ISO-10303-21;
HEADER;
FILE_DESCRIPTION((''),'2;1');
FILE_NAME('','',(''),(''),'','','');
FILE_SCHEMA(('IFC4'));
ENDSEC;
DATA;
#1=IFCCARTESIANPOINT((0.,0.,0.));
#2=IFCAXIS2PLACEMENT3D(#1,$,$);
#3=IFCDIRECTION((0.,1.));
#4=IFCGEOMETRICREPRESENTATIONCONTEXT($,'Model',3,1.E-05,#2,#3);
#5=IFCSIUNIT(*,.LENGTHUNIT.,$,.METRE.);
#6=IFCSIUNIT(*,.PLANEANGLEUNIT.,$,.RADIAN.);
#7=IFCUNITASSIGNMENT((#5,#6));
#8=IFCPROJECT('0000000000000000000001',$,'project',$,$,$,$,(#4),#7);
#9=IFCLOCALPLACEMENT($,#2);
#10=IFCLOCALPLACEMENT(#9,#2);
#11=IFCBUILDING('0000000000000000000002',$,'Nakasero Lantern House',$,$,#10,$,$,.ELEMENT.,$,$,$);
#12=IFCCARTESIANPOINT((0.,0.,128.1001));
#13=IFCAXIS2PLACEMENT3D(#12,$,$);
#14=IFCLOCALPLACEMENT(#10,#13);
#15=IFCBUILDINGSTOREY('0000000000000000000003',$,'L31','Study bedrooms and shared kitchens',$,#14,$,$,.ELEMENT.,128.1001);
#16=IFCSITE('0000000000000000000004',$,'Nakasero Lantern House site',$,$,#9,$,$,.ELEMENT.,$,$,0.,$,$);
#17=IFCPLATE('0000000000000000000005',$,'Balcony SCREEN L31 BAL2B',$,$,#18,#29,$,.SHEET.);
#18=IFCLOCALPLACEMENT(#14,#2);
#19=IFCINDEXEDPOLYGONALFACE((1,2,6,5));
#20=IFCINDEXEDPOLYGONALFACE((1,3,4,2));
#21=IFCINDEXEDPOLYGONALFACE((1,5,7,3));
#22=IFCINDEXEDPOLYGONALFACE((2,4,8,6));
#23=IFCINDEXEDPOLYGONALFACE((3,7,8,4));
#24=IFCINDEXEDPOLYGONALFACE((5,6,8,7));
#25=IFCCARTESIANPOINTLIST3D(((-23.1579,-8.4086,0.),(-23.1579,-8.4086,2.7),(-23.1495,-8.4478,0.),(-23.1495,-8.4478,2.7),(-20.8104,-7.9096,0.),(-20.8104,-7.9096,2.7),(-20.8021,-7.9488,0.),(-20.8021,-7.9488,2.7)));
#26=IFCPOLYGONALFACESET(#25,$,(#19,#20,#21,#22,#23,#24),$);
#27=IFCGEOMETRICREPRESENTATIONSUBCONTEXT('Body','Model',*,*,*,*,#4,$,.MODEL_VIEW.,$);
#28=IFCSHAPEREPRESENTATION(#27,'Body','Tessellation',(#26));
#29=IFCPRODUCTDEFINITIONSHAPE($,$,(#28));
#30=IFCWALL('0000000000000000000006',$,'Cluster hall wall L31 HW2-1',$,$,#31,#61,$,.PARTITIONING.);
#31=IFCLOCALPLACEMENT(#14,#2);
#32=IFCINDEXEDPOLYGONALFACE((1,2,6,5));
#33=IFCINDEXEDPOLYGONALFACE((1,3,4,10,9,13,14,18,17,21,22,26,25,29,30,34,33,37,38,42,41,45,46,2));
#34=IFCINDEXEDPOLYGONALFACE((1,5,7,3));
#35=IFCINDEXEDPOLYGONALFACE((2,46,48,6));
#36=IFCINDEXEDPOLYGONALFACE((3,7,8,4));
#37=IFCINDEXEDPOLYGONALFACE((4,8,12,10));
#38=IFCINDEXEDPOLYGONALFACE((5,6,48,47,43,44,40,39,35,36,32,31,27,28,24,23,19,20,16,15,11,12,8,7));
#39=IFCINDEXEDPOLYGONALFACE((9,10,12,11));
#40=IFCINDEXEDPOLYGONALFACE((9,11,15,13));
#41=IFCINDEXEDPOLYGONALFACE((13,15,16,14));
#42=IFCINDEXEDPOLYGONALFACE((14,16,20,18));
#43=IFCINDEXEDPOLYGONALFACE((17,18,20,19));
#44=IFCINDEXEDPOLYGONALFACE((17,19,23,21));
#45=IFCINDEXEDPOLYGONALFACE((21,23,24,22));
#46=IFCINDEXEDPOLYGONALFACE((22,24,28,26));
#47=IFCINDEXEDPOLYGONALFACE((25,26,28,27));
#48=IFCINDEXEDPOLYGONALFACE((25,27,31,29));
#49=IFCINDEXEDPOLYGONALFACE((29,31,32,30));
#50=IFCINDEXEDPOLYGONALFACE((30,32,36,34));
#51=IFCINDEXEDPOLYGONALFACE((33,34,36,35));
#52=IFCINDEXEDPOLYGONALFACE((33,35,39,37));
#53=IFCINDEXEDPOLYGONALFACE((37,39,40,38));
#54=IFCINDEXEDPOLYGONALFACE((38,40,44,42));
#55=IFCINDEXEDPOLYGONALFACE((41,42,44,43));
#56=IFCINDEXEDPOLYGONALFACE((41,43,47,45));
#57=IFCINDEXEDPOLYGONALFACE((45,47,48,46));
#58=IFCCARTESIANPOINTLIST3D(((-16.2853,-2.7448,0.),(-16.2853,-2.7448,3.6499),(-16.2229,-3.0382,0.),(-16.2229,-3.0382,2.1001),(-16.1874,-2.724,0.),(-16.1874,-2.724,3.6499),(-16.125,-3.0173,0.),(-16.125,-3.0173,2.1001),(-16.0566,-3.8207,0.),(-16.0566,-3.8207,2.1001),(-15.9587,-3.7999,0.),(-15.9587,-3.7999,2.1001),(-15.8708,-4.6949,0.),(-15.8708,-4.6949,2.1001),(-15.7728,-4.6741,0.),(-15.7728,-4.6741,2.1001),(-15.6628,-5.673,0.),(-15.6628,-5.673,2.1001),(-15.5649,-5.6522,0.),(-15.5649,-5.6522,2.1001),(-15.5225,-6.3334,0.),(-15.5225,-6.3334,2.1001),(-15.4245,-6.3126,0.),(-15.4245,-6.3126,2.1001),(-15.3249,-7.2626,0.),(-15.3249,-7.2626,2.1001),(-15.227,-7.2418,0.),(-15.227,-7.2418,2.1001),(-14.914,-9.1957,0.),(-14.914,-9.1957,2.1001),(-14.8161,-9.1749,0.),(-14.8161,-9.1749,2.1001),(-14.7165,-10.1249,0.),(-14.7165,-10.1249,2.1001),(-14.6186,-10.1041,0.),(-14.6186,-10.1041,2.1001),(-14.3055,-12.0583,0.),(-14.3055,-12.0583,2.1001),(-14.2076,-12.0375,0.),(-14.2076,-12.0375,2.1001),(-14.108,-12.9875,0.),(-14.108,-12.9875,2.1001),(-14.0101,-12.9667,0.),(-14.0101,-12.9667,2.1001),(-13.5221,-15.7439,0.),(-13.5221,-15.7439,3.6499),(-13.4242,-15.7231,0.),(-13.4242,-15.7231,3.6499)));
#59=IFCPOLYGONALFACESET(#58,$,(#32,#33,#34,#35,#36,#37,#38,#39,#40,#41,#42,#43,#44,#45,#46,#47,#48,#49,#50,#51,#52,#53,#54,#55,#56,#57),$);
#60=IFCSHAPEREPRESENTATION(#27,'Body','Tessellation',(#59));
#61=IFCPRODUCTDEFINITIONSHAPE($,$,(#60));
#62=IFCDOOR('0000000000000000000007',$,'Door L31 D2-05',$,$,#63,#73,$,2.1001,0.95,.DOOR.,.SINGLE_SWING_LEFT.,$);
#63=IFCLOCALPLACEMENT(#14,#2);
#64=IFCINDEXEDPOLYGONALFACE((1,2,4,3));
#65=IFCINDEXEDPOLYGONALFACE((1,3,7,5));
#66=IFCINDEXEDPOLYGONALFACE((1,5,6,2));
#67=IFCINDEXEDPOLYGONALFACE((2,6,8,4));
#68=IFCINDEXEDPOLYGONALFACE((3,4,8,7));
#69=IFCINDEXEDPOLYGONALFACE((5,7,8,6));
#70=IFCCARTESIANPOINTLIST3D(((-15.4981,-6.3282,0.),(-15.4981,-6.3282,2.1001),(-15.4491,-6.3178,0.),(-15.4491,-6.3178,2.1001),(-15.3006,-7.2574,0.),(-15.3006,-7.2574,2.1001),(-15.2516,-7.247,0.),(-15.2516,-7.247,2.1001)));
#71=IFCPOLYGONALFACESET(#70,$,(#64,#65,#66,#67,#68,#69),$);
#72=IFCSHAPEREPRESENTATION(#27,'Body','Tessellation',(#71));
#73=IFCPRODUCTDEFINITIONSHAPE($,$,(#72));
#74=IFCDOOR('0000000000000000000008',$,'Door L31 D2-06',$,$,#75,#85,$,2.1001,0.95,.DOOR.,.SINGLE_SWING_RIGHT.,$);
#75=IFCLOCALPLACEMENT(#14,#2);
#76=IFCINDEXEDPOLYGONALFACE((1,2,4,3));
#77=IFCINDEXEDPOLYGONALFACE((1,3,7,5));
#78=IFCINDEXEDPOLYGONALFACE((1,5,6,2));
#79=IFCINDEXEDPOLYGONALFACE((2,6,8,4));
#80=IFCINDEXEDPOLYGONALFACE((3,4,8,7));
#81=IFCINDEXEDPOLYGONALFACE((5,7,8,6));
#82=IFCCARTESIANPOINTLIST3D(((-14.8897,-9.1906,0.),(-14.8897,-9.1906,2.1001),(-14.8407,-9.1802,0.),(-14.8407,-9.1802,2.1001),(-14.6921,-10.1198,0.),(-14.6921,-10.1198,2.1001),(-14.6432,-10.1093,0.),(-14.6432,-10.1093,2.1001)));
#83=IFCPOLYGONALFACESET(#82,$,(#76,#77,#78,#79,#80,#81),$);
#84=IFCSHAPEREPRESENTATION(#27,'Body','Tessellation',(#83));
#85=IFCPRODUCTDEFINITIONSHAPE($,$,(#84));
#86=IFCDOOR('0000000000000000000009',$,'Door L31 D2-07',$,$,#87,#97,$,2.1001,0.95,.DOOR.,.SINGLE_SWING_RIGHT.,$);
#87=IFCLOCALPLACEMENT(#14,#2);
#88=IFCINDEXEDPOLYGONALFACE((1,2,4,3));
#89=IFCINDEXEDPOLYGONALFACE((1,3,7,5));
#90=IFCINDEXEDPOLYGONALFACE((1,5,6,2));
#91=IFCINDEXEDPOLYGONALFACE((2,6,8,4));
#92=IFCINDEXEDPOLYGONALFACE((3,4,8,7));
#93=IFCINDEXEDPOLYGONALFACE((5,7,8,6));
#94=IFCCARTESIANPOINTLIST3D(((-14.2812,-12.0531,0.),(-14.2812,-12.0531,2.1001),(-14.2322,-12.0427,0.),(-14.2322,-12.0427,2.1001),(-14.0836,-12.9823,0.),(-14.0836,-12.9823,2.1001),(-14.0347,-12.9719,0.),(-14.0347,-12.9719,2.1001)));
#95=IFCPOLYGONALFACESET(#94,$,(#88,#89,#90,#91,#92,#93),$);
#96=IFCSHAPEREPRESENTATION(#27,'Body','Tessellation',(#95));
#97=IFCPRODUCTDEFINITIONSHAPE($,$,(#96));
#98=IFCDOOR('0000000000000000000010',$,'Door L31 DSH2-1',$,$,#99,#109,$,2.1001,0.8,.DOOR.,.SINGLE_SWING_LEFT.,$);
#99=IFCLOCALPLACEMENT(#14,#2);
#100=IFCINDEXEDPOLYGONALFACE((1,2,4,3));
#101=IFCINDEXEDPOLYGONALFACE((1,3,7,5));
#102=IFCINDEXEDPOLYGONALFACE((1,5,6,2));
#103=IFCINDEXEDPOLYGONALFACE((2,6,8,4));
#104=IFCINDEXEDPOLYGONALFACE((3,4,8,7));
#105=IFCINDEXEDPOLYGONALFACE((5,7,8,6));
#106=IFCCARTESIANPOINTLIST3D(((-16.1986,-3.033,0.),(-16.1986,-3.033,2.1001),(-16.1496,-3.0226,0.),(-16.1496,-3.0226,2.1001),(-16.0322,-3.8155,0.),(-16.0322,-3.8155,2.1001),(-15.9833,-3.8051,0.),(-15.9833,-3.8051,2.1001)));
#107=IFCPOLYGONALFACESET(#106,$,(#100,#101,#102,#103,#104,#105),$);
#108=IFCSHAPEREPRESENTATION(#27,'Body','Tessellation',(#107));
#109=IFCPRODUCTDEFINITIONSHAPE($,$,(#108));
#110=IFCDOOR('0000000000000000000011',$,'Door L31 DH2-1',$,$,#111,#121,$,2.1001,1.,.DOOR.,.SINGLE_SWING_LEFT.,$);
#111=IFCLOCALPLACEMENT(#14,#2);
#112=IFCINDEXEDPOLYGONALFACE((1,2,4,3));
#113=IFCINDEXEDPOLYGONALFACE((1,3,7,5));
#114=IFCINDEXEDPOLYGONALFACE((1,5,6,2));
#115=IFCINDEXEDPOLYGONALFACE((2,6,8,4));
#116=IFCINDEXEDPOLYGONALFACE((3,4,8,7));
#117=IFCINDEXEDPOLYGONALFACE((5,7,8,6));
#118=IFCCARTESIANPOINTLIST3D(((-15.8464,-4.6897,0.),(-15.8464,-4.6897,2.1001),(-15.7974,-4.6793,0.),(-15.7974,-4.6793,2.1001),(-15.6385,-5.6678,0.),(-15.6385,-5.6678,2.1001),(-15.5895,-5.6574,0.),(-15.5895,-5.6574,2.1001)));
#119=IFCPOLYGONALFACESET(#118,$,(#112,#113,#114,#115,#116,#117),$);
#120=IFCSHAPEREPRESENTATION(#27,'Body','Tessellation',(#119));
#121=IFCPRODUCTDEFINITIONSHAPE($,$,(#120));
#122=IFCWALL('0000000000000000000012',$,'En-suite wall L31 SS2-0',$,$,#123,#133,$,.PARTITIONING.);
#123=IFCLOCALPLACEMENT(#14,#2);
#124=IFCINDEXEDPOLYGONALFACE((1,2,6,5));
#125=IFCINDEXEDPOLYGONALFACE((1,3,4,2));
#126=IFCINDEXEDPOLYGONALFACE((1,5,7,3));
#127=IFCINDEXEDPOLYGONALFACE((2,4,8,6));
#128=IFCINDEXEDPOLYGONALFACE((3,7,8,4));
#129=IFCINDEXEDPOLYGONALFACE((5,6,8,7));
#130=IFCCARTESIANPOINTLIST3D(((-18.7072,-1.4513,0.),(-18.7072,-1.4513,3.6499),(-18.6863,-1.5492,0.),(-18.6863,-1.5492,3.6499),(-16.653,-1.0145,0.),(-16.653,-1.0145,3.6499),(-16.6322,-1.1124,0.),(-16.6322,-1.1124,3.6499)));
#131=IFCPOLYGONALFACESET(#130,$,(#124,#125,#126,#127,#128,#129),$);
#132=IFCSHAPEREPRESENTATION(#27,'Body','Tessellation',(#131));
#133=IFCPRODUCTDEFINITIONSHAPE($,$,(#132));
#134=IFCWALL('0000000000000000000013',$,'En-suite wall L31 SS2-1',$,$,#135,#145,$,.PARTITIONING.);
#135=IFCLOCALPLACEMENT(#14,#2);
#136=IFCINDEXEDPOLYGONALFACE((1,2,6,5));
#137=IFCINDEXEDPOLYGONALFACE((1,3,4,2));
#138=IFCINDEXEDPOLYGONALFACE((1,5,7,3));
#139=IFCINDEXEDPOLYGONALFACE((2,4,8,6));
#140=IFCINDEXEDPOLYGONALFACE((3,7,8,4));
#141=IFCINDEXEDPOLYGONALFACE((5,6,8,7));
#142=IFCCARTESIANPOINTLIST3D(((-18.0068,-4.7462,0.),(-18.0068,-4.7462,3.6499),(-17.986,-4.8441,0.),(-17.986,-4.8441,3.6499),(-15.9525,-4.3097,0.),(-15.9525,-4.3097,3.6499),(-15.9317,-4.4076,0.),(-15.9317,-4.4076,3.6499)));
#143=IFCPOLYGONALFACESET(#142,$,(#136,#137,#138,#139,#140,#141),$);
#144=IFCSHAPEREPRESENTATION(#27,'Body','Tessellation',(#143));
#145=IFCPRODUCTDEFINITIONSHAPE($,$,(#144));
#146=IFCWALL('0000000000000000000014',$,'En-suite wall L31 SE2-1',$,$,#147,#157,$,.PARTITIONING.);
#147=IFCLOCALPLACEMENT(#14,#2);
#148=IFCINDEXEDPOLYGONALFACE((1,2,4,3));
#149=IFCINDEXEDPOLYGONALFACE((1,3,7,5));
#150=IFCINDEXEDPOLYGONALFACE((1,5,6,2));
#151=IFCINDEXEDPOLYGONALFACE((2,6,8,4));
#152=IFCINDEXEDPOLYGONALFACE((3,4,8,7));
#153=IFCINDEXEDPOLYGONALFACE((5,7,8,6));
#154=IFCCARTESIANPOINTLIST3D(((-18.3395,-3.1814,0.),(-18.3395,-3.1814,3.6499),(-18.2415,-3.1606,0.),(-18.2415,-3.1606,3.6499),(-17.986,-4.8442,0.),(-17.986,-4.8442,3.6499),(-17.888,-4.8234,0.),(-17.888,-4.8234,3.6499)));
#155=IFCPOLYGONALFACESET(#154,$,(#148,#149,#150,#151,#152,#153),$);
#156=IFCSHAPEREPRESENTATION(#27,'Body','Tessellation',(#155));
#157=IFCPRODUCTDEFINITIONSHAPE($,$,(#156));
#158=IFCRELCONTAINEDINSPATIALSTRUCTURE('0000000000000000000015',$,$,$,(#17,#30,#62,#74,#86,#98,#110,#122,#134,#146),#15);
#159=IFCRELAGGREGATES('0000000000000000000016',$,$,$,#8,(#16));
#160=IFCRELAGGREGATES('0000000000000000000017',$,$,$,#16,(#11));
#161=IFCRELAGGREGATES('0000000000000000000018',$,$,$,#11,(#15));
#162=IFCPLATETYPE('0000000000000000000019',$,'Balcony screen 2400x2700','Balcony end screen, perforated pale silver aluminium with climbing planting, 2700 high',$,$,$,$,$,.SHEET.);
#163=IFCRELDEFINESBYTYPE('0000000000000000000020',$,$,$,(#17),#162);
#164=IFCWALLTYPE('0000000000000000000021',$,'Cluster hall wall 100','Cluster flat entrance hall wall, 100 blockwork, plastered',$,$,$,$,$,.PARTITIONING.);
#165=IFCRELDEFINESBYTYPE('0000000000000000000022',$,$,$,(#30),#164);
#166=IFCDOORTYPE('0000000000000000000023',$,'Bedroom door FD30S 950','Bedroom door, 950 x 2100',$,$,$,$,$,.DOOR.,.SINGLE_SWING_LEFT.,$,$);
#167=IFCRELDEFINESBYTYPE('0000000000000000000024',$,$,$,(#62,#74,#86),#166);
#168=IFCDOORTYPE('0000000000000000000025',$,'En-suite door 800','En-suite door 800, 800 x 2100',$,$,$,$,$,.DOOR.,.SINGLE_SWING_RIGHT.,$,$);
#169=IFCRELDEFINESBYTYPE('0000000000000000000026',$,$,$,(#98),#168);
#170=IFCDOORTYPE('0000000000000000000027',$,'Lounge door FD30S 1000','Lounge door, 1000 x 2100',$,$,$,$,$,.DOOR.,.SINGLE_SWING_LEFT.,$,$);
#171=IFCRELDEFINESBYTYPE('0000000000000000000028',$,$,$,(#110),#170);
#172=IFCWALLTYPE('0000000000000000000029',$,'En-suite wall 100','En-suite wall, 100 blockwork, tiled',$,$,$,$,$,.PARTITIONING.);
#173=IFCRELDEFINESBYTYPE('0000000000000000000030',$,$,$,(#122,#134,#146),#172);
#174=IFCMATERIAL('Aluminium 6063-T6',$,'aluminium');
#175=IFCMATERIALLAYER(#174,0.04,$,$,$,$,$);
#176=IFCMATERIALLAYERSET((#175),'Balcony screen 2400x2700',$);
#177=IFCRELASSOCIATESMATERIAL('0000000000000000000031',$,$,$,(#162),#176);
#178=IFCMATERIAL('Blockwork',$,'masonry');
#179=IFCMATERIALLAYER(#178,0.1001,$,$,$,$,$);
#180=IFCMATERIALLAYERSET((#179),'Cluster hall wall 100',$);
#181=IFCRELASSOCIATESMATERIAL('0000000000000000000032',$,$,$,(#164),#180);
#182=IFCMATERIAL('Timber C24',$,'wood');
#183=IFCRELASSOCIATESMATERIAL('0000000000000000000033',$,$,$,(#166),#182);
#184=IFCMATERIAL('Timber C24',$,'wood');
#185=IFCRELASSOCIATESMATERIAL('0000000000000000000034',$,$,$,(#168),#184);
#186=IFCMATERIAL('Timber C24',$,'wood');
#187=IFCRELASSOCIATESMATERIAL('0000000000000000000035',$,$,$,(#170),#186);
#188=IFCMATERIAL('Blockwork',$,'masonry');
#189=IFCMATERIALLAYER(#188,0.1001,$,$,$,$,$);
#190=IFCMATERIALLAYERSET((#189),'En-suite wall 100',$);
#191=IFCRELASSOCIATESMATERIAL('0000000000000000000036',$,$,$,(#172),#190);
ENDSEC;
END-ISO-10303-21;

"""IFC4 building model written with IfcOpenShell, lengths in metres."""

from ifc_helpers import new_model, si_unit, direction, frame, frame_2d, origin, origin_2d, place, context, subcontext, project, spatial, rectangle, extrude, material, layer, layer_set, type_object, element, fill, save


model = new_model("IFC4")

# Units and contexts
model_context = context("Model", 3, precision=1e-05, world=origin(), true_north=direction((0.0, 1.0)))
body_context = subcontext(model_context, "Body", "Model", "MODEL_VIEW")
ifc_project = project(units=[si_unit("LENGTHUNIT", "METRE"), si_unit("PLANEANGLEUNIT", "RADIAN")], contexts=[model_context])

# Site, building, storey
site_placement = place(None, origin())
site = spatial("IfcSite", under=ifc_project, at=site_placement, Name="Nakasero Lantern House site", CompositionType="ELEMENT", RefElevation=0.0)
building_placement = place(site_placement, origin())
building = spatial("IfcBuilding", under=site, at=building_placement, Name="Nakasero Lantern House", CompositionType="ELEMENT")
storey_placement = place(building_placement, frame((0.0, 0.0, 128.1001)))
storey = spatial("IfcBuildingStorey", under=building, at=storey_placement, Name="L31", Description="Study bedrooms and shared kitchens", CompositionType="ELEMENT", Elevation=128.1001)

# Plate
ifc_material_1 = material(Name="Aluminium 6063-T6", Category="aluminium")
ifc_layer_1 = layer(ifc_material_1, 0.04)
ifc_layer_set_1 = layer_set([ifc_layer_1], Name="Balcony screen 2400x2700")
plate_type_1 = type_object("IfcPlateType", Name="Balcony screen 2400x2700", Description="Balcony end screen, perforated pale silver aluminium with climbing planting, 2700 high", PredefinedType="SHEET", material=ifc_layer_set_1)
for number, where, z_axis, x_axis, name in (
    (1, (-21.98, -8.1787, 0.0), (0.0, 0.0, 1.0), (-0.978148, -0.207912, 0.0), "Balcony SCREEN L31 BAL2B"),
):
    element("IfcPlate", number, at=place(storey_placement, frame(where, z_axis=z_axis, x_axis=x_axis)), inside=storey, type_object=plate_type_1, Name=name, PredefinedType="SHEET", context=body_context, shape_type="SweptSolid", body=[
        extrude(rectangle(XDim=2.3999, YDim=0.04, at=origin_2d()), origin(), (0.0, 0.0, 1.0), 2.7),
    ])

# Wall, openings, doors
ifc_material_2 = material(Name="Blockwork", Category="masonry")
ifc_layer_2 = layer(ifc_material_2, 0.1001)
ifc_layer_set_2 = layer_set([ifc_layer_2], Name="Cluster hall wall 100")
wall_type_1 = type_object("IfcWallType", Name="Cluster hall wall 100", Description="Cluster flat entrance hall wall, 100 blockwork, plastered", PredefinedType="PARTITIONING", material=ifc_layer_set_2)
wall_1_placement = place(storey_placement, frame((-16.2363, -2.7344, 0.0), z_axis=(0.0, 0.0, 1.0), x_axis=(0.207923, -0.978145, 0.0)))
wall_1 = element("IfcWall", 2, at=wall_1_placement, inside=storey, type_object=wall_type_1, Name="Cluster hall wall L31 HW2-1", PredefinedType="PARTITIONING", context=body_context, shape_type="SweptSolid", body=[
    extrude(rectangle(XDim=13.2896, YDim=0.1001, at=frame_2d((6.6448, 0.0))), origin(), (0.0, 0.0, 1.0), 3.6499),
])
opening_1_placement = place(wall_1_placement, frame((1.9937, 0.0, 0.0)))
opening_1 = element("IfcOpeningElement", 3, at=opening_1_placement, cuts=wall_1, PredefinedType="OPENING", context=body_context, shape_type="SweptSolid", body=[
    extrude(rectangle(XDim=1.0, YDim=2.1001, at=frame_2d((0.5, 1.05))), frame((0.0, 0.0701, 0.0), z_axis=(0.0, -1.0, 0.0), x_axis=(1.0, 0.0, 0.0)), (0.0, 0.0, 1.0), 0.1401),
])
opening_2_placement = place(wall_1_placement, frame((0.3, 0.0, 0.0)))
opening_2 = element("IfcOpeningElement", 4, at=opening_2_placement, cuts=wall_1, PredefinedType="OPENING", context=body_context, shape_type="SweptSolid", body=[
    extrude(rectangle(XDim=0.8, YDim=2.1001, at=frame_2d((0.3999, 1.05))), frame((0.0, 0.0701, 0.0), z_axis=(0.0, -1.0, 0.0), x_axis=(1.0, 0.0, 0.0)), (0.0, 0.0, 1.0), 0.1401),
])
opening_3_placement = place(wall_1_placement, frame((3.6687, 0.0, 0.0)))
opening_3 = element("IfcOpeningElement", 5, at=opening_3_placement, cuts=wall_1, PredefinedType="OPENING", context=body_context, shape_type="SweptSolid", body=[
    extrude(rectangle(XDim=0.95, YDim=2.1001, at=frame_2d((0.4751, 1.05))), frame((0.0, 0.0701, 0.0), z_axis=(0.0, -1.0, 0.0), x_axis=(1.0, 0.0, 0.0)), (0.0, 0.0, 1.0), 0.1401),
])
opening_4_placement = place(wall_1_placement, frame((6.595, 0.0, 0.0)))
opening_4 = element("IfcOpeningElement", 6, at=opening_4_placement, cuts=wall_1, PredefinedType="OPENING", context=body_context, shape_type="SweptSolid", body=[
    extrude(rectangle(XDim=0.95, YDim=2.1001, at=frame_2d((0.4751, 1.05))), frame((0.0, 0.0701, 0.0), z_axis=(0.0, -1.0, 0.0), x_axis=(1.0, 0.0, 0.0)), (0.0, 0.0, 1.0), 0.1401),
])
opening_5_placement = place(wall_1_placement, frame((9.5215, 0.0, 0.0)))
opening_5 = element("IfcOpeningElement", 7, at=opening_5_placement, cuts=wall_1, PredefinedType="OPENING", context=body_context, shape_type="SweptSolid", body=[
    extrude(rectangle(XDim=0.95, YDim=2.1001, at=frame_2d((0.4751, 1.05))), frame((0.0, 0.0701, 0.0), z_axis=(0.0, -1.0, 0.0), x_axis=(1.0, 0.0, 0.0)), (0.0, 0.0, 1.0), 0.1401),
])
ifc_material_3 = material(Name="Timber C24", Category="wood")
door_type_1 = type_object("IfcDoorType", Name="Bedroom door FD30S 950", Description="Bedroom door, 950 x 2100", OperationType="SINGLE_SWING_LEFT", PredefinedType="DOOR", material=ifc_material_3)
door_1_placement = place(opening_3_placement, origin())
door_1 = element("IfcDoor", 8, at=door_1_placement, inside=storey, type_object=door_type_1, Name="Door L31 D2-05", OperationType="SINGLE_SWING_LEFT", OverallHeight=2.1001, OverallWidth=0.95, PredefinedType="DOOR", context=body_context, shape_type="SweptSolid", body=[
    extrude(rectangle(XDim=0.95, YDim=2.1001, at=frame_2d((0.4751, 1.05))), frame((0.0, 0.0249, 0.0), z_axis=(0.0, -1.0, 0.0), x_axis=(1.0, 0.0, 0.0)), (0.0, 0.0, 1.0), 0.05),
])
fill(opening_3, door_1)
door_2_placement = place(opening_4_placement, origin())
door_2 = element("IfcDoor", 9, at=door_2_placement, inside=storey, type_object=door_type_1, Name="Door L31 D2-06", OperationType="SINGLE_SWING_RIGHT", OverallHeight=2.1001, OverallWidth=0.95, PredefinedType="DOOR", context=body_context, shape_type="SweptSolid", body=[
    extrude(rectangle(XDim=0.95, YDim=2.1001, at=frame_2d((0.4751, 1.05))), frame((0.0, 0.0249, 0.0), z_axis=(0.0, -1.0, 0.0), x_axis=(1.0, 0.0, 0.0)), (0.0, 0.0, 1.0), 0.05),
])
fill(opening_4, door_2)
door_3_placement = place(opening_5_placement, origin())
door_3 = element("IfcDoor", 10, at=door_3_placement, inside=storey, type_object=door_type_1, Name="Door L31 D2-07", OperationType="SINGLE_SWING_RIGHT", OverallHeight=2.1001, OverallWidth=0.95, PredefinedType="DOOR", context=body_context, shape_type="SweptSolid", body=[
    extrude(rectangle(XDim=0.95, YDim=2.1001, at=frame_2d((0.4751, 1.05))), frame((0.0, 0.0249, 0.0), z_axis=(0.0, -1.0, 0.0), x_axis=(1.0, 0.0, 0.0)), (0.0, 0.0, 1.0), 0.05),
])
fill(opening_5, door_3)
ifc_material_4 = material(Name="Timber C24", Category="wood")
door_type_2 = type_object("IfcDoorType", Name="En-suite door 800", Description="En-suite door 800, 800 x 2100", OperationType="SINGLE_SWING_RIGHT", PredefinedType="DOOR", material=ifc_material_4)
door_4_placement = place(opening_2_placement, origin())
door_4 = element("IfcDoor", 11, at=door_4_placement, inside=storey, type_object=door_type_2, Name="Door L31 DSH2-1", OperationType="SINGLE_SWING_LEFT", OverallHeight=2.1001, OverallWidth=0.8, PredefinedType="DOOR", context=body_context, shape_type="SweptSolid", body=[
    extrude(rectangle(XDim=0.8, YDim=2.1001, at=frame_2d((0.3999, 1.05))), frame((0.0, 0.0249, 0.0), z_axis=(0.0, -1.0, 0.0), x_axis=(1.0, 0.0, 0.0)), (0.0, 0.0, 1.0), 0.05),
])
fill(opening_2, door_4)
ifc_material_5 = material(Name="Timber C24", Category="wood")
door_type_3 = type_object("IfcDoorType", Name="Lounge door FD30S 1000", Description="Lounge door, 1000 x 2100", OperationType="SINGLE_SWING_LEFT", PredefinedType="DOOR", material=ifc_material_5)
door_5_placement = place(opening_1_placement, origin())
door_5 = element("IfcDoor", 12, at=door_5_placement, inside=storey, type_object=door_type_3, Name="Door L31 DH2-1", OperationType="SINGLE_SWING_LEFT", OverallHeight=2.1001, OverallWidth=1.0, PredefinedType="DOOR", context=body_context, shape_type="SweptSolid", body=[
    extrude(rectangle(XDim=1.0, YDim=2.1001, at=frame_2d((0.5, 1.05))), frame((0.0, 0.0249, 0.0), z_axis=(0.0, -1.0, 0.0), x_axis=(1.0, 0.0, 0.0)), (0.0, 0.0, 1.0), 0.05),
])
fill(opening_1, door_5)

# Walls
ifc_material_6 = material(Name="Blockwork", Category="masonry")
ifc_layer_3 = layer(ifc_material_6, 0.1001)
ifc_layer_set_3 = layer_set([ifc_layer_3], Name="En-suite wall 100")
wall_type_2 = type_object("IfcWallType", Name="En-suite wall 100", Description="En-suite wall, 100 blockwork, tiled", PredefinedType="PARTITIONING", material=ifc_layer_set_3)
for number, where, z_axis, x_axis, name in (
    (13, (-16.6426, -1.0635, 0.0), (0.0, 0.0, 1.0), (-0.978135, -0.207973, 0.0), "En-suite wall L31 SS2-0"),
    (14, (-15.9421, -4.3586, 0.0), (0.0, 0.0, 1.0), (-0.978158, -0.207862, 0.0), "En-suite wall L31 SS2-1"),
):
    element("IfcWall", number, at=place(storey_placement, frame(where, z_axis=z_axis, x_axis=x_axis)), inside=storey, type_object=wall_type_2, Name=name, PredefinedType="PARTITIONING", context=body_context, shape_type="SweptSolid", body=[
        extrude(rectangle(XDim=2.1001, YDim=0.1001, at=frame_2d((1.05, 0.0))), origin(), (0.0, 0.0, 1.0), 3.6499),
    ])
wall_2_placement = place(storey_placement, frame((-18.2905, -3.1709, 0.0), z_axis=(0.0, 0.0, 1.0), x_axis=(0.20795, -0.97814, 0.0)))
element("IfcWall", 15, at=wall_2_placement, inside=storey, type_object=wall_type_2, Name="En-suite wall L31 SE2-1", PredefinedType="PARTITIONING", context=body_context, shape_type="SweptSolid", body=[
    extrude(rectangle(XDim=1.7, YDim=0.1001, at=frame_2d((0.8501, 0.0))), origin(), (0.0, 0.0, 1.0), 3.6499),
])

save(model, "model.ifc")
